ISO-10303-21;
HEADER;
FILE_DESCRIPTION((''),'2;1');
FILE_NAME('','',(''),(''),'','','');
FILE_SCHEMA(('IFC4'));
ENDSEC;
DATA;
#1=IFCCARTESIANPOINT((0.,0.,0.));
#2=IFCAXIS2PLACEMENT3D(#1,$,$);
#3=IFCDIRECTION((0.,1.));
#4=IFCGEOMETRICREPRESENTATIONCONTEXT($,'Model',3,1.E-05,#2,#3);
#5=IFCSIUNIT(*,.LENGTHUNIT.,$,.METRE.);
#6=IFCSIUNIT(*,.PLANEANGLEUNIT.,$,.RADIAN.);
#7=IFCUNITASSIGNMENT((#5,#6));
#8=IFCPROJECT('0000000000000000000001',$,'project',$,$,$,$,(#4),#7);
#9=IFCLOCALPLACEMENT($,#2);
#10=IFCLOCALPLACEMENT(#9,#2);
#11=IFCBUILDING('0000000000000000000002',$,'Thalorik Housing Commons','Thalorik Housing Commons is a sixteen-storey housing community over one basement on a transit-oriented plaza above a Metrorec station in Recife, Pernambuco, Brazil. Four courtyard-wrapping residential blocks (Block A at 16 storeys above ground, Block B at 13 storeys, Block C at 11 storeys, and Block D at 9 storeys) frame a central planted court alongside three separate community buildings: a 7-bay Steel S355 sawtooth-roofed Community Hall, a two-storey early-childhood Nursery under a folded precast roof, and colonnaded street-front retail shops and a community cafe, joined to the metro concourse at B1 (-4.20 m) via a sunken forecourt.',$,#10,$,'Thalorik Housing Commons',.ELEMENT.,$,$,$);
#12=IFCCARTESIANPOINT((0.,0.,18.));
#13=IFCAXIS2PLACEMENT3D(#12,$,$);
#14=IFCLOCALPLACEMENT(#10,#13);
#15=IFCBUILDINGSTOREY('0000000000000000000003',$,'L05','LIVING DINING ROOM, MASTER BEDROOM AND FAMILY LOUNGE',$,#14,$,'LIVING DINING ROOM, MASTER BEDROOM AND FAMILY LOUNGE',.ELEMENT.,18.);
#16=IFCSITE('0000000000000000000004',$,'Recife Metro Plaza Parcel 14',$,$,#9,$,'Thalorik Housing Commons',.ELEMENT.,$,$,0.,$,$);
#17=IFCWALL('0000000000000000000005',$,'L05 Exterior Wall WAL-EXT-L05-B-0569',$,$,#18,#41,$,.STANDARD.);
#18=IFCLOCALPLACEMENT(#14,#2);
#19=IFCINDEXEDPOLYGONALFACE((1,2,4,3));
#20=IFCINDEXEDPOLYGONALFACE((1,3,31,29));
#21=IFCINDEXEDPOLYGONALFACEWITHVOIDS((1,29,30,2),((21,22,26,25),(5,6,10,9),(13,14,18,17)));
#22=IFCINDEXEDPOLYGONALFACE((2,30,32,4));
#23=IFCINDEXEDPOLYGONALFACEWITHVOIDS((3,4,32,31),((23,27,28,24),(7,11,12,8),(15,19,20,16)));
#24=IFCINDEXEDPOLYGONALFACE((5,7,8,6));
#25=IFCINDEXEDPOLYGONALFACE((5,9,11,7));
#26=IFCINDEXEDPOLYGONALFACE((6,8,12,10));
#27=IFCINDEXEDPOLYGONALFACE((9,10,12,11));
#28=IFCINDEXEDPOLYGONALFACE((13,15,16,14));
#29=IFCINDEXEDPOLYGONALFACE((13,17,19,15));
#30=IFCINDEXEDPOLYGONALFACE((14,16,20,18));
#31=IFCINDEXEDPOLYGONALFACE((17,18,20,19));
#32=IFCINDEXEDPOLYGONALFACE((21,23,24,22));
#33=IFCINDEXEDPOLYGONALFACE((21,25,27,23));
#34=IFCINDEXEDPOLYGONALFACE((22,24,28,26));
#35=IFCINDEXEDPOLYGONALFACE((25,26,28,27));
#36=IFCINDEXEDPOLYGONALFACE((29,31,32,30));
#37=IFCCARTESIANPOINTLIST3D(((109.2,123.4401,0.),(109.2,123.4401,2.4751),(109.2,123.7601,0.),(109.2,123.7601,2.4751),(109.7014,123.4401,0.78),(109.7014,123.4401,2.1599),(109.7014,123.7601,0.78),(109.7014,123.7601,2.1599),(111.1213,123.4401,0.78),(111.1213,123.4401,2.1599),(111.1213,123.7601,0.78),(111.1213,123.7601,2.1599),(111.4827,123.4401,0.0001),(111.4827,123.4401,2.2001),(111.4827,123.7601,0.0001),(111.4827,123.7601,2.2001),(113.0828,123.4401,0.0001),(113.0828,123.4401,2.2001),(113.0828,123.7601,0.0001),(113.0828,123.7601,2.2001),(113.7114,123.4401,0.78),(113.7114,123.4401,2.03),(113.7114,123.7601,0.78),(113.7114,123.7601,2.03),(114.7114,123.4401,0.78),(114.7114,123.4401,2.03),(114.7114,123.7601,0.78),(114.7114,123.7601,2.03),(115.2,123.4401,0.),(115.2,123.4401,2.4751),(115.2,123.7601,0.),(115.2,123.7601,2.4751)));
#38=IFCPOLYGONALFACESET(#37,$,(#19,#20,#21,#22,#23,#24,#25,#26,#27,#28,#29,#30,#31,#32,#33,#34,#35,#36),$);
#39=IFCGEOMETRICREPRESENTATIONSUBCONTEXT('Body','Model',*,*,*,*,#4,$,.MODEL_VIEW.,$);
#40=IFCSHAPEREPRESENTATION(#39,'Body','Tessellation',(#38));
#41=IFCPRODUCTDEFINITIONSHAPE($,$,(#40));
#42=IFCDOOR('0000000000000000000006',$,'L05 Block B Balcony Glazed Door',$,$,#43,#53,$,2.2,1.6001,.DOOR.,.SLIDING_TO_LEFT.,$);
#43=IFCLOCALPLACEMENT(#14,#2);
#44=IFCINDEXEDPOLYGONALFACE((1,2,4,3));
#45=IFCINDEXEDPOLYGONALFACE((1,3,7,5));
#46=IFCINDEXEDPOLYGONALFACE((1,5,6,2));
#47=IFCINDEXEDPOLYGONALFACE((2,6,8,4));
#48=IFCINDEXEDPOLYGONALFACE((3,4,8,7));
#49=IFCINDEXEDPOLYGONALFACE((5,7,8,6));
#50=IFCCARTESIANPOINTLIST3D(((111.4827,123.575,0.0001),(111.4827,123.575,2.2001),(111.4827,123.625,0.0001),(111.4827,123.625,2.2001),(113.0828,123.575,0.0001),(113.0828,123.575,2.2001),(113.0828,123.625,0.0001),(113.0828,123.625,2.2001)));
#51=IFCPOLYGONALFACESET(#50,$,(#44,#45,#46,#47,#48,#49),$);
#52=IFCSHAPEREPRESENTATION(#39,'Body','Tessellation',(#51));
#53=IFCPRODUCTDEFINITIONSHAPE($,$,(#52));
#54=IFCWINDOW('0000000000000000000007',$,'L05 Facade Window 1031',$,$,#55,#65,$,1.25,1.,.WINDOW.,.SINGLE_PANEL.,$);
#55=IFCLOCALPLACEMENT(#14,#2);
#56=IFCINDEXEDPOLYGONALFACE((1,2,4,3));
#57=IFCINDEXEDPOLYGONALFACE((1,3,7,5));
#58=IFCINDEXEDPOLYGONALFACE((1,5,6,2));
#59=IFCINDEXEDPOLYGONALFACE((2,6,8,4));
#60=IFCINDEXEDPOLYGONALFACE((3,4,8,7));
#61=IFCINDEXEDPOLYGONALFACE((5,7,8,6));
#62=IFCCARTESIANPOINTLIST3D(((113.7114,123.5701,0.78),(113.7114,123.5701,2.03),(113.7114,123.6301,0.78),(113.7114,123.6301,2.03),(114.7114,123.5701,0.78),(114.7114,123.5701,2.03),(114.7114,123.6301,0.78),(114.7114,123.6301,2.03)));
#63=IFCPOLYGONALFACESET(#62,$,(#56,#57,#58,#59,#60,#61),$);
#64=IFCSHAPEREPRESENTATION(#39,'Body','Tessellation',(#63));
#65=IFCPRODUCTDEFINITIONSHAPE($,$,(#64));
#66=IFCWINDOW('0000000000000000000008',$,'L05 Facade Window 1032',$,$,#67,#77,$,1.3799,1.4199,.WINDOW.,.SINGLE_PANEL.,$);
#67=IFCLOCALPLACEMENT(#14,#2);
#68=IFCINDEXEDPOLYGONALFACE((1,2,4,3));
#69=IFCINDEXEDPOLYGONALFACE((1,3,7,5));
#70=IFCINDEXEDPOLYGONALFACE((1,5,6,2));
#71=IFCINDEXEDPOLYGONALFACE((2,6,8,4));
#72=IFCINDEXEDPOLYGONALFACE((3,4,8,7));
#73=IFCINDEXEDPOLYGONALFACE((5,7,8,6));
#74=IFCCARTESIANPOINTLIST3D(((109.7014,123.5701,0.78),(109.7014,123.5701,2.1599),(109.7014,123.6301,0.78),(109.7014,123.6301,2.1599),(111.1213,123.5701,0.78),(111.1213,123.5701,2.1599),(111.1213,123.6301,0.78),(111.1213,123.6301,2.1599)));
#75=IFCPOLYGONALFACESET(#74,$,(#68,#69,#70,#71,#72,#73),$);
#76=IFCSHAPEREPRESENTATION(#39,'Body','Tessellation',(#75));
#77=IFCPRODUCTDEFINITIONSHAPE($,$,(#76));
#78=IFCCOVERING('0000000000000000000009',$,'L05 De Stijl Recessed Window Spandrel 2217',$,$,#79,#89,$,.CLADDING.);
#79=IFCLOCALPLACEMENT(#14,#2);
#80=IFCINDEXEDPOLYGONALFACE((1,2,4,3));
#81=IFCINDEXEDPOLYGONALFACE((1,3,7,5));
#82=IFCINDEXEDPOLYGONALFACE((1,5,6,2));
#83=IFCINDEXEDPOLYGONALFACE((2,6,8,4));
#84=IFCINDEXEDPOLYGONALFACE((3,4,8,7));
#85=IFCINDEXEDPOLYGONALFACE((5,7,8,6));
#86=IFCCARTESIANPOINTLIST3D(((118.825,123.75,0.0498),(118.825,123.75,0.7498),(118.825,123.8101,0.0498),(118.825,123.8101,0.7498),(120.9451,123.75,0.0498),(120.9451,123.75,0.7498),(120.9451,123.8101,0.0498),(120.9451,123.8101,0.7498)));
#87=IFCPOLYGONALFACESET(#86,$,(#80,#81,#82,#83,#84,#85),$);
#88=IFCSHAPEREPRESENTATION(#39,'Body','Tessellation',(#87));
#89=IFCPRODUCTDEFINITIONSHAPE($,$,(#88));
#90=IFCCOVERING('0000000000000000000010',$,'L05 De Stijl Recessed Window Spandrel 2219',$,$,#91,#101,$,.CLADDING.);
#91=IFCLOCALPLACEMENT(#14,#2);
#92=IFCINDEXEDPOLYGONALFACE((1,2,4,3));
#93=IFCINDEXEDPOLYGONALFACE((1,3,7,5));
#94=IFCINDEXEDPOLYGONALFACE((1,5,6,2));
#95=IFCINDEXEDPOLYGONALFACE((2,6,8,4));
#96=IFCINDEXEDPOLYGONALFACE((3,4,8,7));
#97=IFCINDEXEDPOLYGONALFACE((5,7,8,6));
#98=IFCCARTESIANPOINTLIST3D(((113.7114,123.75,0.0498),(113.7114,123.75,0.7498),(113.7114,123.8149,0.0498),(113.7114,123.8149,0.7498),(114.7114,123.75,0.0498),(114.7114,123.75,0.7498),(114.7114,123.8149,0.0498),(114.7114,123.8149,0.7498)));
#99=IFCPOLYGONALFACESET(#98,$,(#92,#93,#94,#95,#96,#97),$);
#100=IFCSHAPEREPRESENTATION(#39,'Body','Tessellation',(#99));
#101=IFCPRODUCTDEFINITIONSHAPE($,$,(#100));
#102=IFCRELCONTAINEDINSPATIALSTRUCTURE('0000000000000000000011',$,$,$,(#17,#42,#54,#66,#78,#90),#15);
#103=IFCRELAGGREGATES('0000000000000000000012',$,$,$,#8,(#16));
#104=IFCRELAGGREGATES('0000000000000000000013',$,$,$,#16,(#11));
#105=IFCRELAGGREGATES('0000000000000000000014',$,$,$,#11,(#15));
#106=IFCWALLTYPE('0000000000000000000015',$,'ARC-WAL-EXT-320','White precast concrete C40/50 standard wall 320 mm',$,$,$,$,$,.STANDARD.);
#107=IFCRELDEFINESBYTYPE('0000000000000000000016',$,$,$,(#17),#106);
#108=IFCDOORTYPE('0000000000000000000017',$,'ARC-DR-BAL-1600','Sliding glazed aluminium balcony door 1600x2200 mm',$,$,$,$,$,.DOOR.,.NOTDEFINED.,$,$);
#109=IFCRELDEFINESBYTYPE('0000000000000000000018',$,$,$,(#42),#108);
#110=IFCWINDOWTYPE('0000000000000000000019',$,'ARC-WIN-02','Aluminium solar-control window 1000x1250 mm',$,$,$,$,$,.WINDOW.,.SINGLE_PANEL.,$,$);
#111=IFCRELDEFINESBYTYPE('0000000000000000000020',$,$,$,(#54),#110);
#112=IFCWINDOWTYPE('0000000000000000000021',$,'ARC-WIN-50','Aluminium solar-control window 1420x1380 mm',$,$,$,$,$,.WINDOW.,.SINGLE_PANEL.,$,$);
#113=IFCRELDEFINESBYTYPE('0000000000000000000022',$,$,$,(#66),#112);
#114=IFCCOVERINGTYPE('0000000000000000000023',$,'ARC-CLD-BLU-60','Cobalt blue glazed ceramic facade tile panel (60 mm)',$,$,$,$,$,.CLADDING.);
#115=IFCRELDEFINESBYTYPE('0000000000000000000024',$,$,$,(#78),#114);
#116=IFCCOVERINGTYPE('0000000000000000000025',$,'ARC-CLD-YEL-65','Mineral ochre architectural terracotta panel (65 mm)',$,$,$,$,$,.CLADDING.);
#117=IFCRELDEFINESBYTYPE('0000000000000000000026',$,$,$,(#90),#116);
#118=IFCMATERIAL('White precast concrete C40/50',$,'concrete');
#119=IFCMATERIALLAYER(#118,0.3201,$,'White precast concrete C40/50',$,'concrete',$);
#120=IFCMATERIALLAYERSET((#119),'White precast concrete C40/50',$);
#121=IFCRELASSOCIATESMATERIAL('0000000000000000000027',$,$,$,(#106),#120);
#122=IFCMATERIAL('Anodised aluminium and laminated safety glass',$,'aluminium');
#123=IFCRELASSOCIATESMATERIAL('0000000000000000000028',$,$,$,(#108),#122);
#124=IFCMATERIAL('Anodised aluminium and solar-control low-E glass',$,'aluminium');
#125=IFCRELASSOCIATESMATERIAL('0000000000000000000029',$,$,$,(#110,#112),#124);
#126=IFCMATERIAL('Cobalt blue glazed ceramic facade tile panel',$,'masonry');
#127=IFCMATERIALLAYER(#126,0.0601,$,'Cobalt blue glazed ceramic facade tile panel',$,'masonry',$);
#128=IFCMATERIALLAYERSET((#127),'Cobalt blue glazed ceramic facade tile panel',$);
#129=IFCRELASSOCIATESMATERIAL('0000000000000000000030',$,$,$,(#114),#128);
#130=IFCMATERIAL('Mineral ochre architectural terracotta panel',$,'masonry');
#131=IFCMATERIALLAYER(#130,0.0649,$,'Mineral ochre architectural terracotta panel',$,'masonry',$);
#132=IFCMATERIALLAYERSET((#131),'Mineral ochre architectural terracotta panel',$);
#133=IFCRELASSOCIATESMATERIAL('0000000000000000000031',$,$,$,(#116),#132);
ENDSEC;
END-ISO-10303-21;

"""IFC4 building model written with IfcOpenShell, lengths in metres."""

from ifc_helpers import new_model, si_unit, direction, frame, frame_2d, origin, origin_2d, place, context, subcontext, project, spatial, rectangle, extrude, material, layer, layer_set, type_object, element, fill, save


model = new_model("IFC4")

# Units and contexts
model_context = context("Model", 3, precision=1e-05, world=origin(), true_north=direction((0.0, 1.0)))
body_context = subcontext(model_context, "Body", "Model", "MODEL_VIEW")
ifc_project = project(units=[si_unit("LENGTHUNIT", "METRE"), si_unit("PLANEANGLEUNIT", "RADIAN")], contexts=[model_context])

# Site, building, storey
site_placement = place(None, origin())
site = spatial("IfcSite", under=ifc_project, at=site_placement, Name="Recife Metro Plaza Parcel 14", LongName="Thalorik Housing Commons", CompositionType="ELEMENT", RefElevation=0.0)
building_placement = place(site_placement, origin())
building = spatial("IfcBuilding", under=site, at=building_placement, Name="Thalorik Housing Commons", Description="Thalorik Housing Commons is a sixteen-storey housing community over one basement on a transit-oriented plaza above a Metrorec station in Recife, Pernambuco, Brazil. Four courtyard-wrapping residential blocks (Block A at 16 storeys above ground, Block B at 13 storeys, Block C at 11 storeys, and Block D at 9 storeys) frame a central planted court alongside three separate community buildings: a 7-bay Steel S355 sawtooth-roofed Community Hall, a two-storey early-childhood Nursery under a folded precast roof, and colonnaded street-front retail shops and a community cafe, joined to the metro concourse at B1 (-4.20 m) via a sunken forecourt.", LongName="Thalorik Housing Commons", CompositionType="ELEMENT")
storey_placement = place(building_placement, frame((0.0, 0.0, 18.0)))
storey = spatial("IfcBuildingStorey", under=building, at=storey_placement, Name="L05", Description="LIVING DINING ROOM, MASTER BEDROOM AND FAMILY LOUNGE", LongName="LIVING DINING ROOM, MASTER BEDROOM AND FAMILY LOUNGE", CompositionType="ELEMENT", Elevation=18.0)

# Wall, openings, door, windows
ifc_material_1 = material(Name="White precast concrete C40/50", Category="concrete")
ifc_layer_1 = layer(ifc_material_1, 0.3201, Name="White precast concrete C40/50", Category="concrete")
ifc_layer_set_1 = layer_set([ifc_layer_1], Name="White precast concrete C40/50")
wall_type = type_object("IfcWallType", Name="ARC-WAL-EXT-320", Description="White precast concrete C40/50 standard wall 320 mm", PredefinedType="STANDARD", material=ifc_layer_set_1)
ifc_material_2 = material(Name="Anodised aluminium and laminated safety glass", Category="aluminium")
ifc_material_3 = material(Name="Anodised aluminium and solar-control low-E glass", Category="aluminium")
wall_1_placement = place(storey_placement, frame((115.2, 123.6001, 0.0), z_axis=(0.0, 0.0, 1.0), x_axis=(-1.0, 0.0, 0.0)))
wall_1 = element("IfcWall", 1, at=wall_1_placement, inside=storey, type_object=wall_type, Name="L05 Exterior Wall WAL-EXT-L05-B-0569", PredefinedType="STANDARD", context=body_context, shape_type="SweptSolid", body=[
    extrude(rectangle(XDim=6.0, YDim=0.3201, at=frame_2d((3.0, 0.0))), origin(), (0.0, 0.0, 1.0), 2.4751),
])
opening_1_placement = place(wall_1_placement, frame((2.1172, 0.0, 0.0)))
opening_1 = element("IfcOpeningElement", 2, at=opening_1_placement, cuts=wall_1, PredefinedType="OPENING", context=body_context, shape_type="SweptSolid", body=[
    extrude(rectangle(XDim=1.6001, YDim=2.2, at=frame_2d((0.8, 1.1001))), frame((0.0, 0.1699, 0.0), z_axis=(0.0, -1.0, 0.0), x_axis=(1.0, 0.0, 0.0)), (0.0, 0.0, 1.0), 0.3401),
])
opening_2_placement = place(wall_1_placement, frame((0.4885, 0.0, 0.78)))
opening_2 = element("IfcOpeningElement", 3, at=opening_2_placement, cuts=wall_1, PredefinedType="OPENING", context=body_context, shape_type="SweptSolid", body=[
    extrude(rectangle(XDim=1.0, YDim=1.25, at=frame_2d((0.5, 0.625))), frame((0.0, 0.1699, 0.0), z_axis=(0.0, -1.0, 0.0), x_axis=(1.0, 0.0, 0.0)), (0.0, 0.0, 1.0), 0.3401),
])
opening_3_placement = place(wall_1_placement, frame((4.0786, 0.0, 0.78)))
opening_3 = element("IfcOpeningElement", 4, at=opening_3_placement, cuts=wall_1, PredefinedType="OPENING", context=body_context, shape_type="SweptSolid", body=[
    extrude(rectangle(XDim=1.4199, YDim=1.3799, at=frame_2d((0.71, 0.6899))), frame((0.0, 0.1699, 0.0), z_axis=(0.0, -1.0, 0.0), x_axis=(1.0, 0.0, 0.0)), (0.0, 0.0, 1.0), 0.3401),
])
door_type_1 = type_object("IfcDoorType", Name="ARC-DR-BAL-1600", Description="Sliding glazed aluminium balcony door 1600x2200 mm", OperationType="NOTDEFINED", PredefinedType="DOOR", material=ifc_material_2)
door_1_placement = place(opening_1_placement, frame((1.6001, 0.0, 0.0), z_axis=(0.0, 0.0, 1.0), x_axis=(-1.0, 0.0, 0.0)))
door_1 = element("IfcDoor", 5, at=door_1_placement, inside=storey, type_object=door_type_1, Name="L05 Block B Balcony Glazed Door", OperationType="SLIDING_TO_LEFT", OverallHeight=2.2, OverallWidth=1.6001, PredefinedType="DOOR", context=body_context, shape_type="SweptSolid", body=[
    extrude(rectangle(XDim=1.6001, YDim=2.2, at=frame_2d((0.8, 1.1001))), frame((0.0, 0.0249, 0.0), z_axis=(0.0, -1.0, 0.0), x_axis=(1.0, 0.0, 0.0)), (0.0, 0.0, 1.0), 0.05),
])
fill(opening_1, door_1)
window_type_1 = type_object("IfcWindowType", Name="ARC-WIN-02", Description="Aluminium solar-control window 1000x1250 mm", PartitioningType="SINGLE_PANEL", PredefinedType="WINDOW", material=ifc_material_3)
window_1_placement = place(opening_2_placement, origin())
window_1 = element("IfcWindow", 6, at=window_1_placement, inside=storey, type_object=window_type_1, Name="L05 Facade Window 1031", OverallHeight=1.25, OverallWidth=1.0, PartitioningType="SINGLE_PANEL", PredefinedType="WINDOW", context=body_context, shape_type="SweptSolid", body=[
    extrude(rectangle(XDim=1.0, YDim=1.25, at=frame_2d((0.5, 0.625))), frame((0.0, 0.03, 0.0), z_axis=(0.0, -1.0, 0.0), x_axis=(1.0, 0.0, 0.0)), (0.0, 0.0, 1.0), 0.0601),
])
fill(opening_2, window_1)
window_type_2 = type_object("IfcWindowType", Name="ARC-WIN-50", Description="Aluminium solar-control window 1420x1380 mm", PartitioningType="SINGLE_PANEL", PredefinedType="WINDOW", material=ifc_material_3)
window_2_placement = place(opening_3_placement, origin())
window_2 = element("IfcWindow", 7, at=window_2_placement, inside=storey, type_object=window_type_2, Name="L05 Facade Window 1032", OverallHeight=1.3799, OverallWidth=1.4199, PartitioningType="SINGLE_PANEL", PredefinedType="WINDOW", context=body_context, shape_type="SweptSolid", body=[
    extrude(rectangle(XDim=1.4199, YDim=1.3799, at=frame_2d((0.71, 0.6899))), frame((0.0, 0.03, 0.0), z_axis=(0.0, -1.0, 0.0), x_axis=(1.0, 0.0, 0.0)), (0.0, 0.0, 1.0), 0.0601),
])
fill(opening_3, window_2)

# Coverings
ifc_material_4 = material(Name="Cobalt blue glazed ceramic facade tile panel", Category="masonry")
ifc_layer_2 = layer(ifc_material_4, 0.0601, Name="Cobalt blue glazed ceramic facade tile panel", Category="masonry")
ifc_layer_set_2 = layer_set([ifc_layer_2], Name="Cobalt blue glazed ceramic facade tile panel")
covering_type_1 = type_object("IfcCoveringType", Name="ARC-CLD-BLU-60", Description="Cobalt blue glazed ceramic facade tile panel (60 mm)", PredefinedType="CLADDING", material=ifc_layer_set_2)
covering_1_placement = place(storey_placement, frame((119.885, 123.78, 0.0498), z_axis=(0.0, 0.0, 1.0), x_axis=(-1.0, 0.0, 0.0)))
element("IfcCovering", 8, at=covering_1_placement, inside=storey, type_object=covering_type_1, Name="L05 De Stijl Recessed Window Spandrel 2217", PredefinedType="CLADDING", context=body_context, shape_type="SweptSolid", body=[
    extrude(rectangle(XDim=2.1201, YDim=0.0601, at=origin_2d()), origin(), (0.0, 0.0, 1.0), 0.7),
])
ifc_material_5 = material(Name="Mineral ochre architectural terracotta panel", Category="masonry")
ifc_layer_3 = layer(ifc_material_5, 0.0649, Name="Mineral ochre architectural terracotta panel", Category="masonry")
ifc_layer_set_3 = layer_set([ifc_layer_3], Name="Mineral ochre architectural terracotta panel")
covering_type_2 = type_object("IfcCoveringType", Name="ARC-CLD-YEL-65", Description="Mineral ochre architectural terracotta panel (65 mm)", PredefinedType="CLADDING", material=ifc_layer_set_3)
covering_2_placement = place(storey_placement, frame((114.2114, 123.7825, 0.0498), z_axis=(0.0, 0.0, 1.0), x_axis=(-1.0, 0.0, 0.0)))
element("IfcCovering", 9, at=covering_2_placement, inside=storey, type_object=covering_type_2, Name="L05 De Stijl Recessed Window Spandrel 2219", PredefinedType="CLADDING", context=body_context, shape_type="SweptSolid", body=[
    extrude(rectangle(XDim=1.0, YDim=0.0649, at=origin_2d()), origin(), (0.0, 0.0, 1.0), 0.7),
])

save(model, "model.ifc")
